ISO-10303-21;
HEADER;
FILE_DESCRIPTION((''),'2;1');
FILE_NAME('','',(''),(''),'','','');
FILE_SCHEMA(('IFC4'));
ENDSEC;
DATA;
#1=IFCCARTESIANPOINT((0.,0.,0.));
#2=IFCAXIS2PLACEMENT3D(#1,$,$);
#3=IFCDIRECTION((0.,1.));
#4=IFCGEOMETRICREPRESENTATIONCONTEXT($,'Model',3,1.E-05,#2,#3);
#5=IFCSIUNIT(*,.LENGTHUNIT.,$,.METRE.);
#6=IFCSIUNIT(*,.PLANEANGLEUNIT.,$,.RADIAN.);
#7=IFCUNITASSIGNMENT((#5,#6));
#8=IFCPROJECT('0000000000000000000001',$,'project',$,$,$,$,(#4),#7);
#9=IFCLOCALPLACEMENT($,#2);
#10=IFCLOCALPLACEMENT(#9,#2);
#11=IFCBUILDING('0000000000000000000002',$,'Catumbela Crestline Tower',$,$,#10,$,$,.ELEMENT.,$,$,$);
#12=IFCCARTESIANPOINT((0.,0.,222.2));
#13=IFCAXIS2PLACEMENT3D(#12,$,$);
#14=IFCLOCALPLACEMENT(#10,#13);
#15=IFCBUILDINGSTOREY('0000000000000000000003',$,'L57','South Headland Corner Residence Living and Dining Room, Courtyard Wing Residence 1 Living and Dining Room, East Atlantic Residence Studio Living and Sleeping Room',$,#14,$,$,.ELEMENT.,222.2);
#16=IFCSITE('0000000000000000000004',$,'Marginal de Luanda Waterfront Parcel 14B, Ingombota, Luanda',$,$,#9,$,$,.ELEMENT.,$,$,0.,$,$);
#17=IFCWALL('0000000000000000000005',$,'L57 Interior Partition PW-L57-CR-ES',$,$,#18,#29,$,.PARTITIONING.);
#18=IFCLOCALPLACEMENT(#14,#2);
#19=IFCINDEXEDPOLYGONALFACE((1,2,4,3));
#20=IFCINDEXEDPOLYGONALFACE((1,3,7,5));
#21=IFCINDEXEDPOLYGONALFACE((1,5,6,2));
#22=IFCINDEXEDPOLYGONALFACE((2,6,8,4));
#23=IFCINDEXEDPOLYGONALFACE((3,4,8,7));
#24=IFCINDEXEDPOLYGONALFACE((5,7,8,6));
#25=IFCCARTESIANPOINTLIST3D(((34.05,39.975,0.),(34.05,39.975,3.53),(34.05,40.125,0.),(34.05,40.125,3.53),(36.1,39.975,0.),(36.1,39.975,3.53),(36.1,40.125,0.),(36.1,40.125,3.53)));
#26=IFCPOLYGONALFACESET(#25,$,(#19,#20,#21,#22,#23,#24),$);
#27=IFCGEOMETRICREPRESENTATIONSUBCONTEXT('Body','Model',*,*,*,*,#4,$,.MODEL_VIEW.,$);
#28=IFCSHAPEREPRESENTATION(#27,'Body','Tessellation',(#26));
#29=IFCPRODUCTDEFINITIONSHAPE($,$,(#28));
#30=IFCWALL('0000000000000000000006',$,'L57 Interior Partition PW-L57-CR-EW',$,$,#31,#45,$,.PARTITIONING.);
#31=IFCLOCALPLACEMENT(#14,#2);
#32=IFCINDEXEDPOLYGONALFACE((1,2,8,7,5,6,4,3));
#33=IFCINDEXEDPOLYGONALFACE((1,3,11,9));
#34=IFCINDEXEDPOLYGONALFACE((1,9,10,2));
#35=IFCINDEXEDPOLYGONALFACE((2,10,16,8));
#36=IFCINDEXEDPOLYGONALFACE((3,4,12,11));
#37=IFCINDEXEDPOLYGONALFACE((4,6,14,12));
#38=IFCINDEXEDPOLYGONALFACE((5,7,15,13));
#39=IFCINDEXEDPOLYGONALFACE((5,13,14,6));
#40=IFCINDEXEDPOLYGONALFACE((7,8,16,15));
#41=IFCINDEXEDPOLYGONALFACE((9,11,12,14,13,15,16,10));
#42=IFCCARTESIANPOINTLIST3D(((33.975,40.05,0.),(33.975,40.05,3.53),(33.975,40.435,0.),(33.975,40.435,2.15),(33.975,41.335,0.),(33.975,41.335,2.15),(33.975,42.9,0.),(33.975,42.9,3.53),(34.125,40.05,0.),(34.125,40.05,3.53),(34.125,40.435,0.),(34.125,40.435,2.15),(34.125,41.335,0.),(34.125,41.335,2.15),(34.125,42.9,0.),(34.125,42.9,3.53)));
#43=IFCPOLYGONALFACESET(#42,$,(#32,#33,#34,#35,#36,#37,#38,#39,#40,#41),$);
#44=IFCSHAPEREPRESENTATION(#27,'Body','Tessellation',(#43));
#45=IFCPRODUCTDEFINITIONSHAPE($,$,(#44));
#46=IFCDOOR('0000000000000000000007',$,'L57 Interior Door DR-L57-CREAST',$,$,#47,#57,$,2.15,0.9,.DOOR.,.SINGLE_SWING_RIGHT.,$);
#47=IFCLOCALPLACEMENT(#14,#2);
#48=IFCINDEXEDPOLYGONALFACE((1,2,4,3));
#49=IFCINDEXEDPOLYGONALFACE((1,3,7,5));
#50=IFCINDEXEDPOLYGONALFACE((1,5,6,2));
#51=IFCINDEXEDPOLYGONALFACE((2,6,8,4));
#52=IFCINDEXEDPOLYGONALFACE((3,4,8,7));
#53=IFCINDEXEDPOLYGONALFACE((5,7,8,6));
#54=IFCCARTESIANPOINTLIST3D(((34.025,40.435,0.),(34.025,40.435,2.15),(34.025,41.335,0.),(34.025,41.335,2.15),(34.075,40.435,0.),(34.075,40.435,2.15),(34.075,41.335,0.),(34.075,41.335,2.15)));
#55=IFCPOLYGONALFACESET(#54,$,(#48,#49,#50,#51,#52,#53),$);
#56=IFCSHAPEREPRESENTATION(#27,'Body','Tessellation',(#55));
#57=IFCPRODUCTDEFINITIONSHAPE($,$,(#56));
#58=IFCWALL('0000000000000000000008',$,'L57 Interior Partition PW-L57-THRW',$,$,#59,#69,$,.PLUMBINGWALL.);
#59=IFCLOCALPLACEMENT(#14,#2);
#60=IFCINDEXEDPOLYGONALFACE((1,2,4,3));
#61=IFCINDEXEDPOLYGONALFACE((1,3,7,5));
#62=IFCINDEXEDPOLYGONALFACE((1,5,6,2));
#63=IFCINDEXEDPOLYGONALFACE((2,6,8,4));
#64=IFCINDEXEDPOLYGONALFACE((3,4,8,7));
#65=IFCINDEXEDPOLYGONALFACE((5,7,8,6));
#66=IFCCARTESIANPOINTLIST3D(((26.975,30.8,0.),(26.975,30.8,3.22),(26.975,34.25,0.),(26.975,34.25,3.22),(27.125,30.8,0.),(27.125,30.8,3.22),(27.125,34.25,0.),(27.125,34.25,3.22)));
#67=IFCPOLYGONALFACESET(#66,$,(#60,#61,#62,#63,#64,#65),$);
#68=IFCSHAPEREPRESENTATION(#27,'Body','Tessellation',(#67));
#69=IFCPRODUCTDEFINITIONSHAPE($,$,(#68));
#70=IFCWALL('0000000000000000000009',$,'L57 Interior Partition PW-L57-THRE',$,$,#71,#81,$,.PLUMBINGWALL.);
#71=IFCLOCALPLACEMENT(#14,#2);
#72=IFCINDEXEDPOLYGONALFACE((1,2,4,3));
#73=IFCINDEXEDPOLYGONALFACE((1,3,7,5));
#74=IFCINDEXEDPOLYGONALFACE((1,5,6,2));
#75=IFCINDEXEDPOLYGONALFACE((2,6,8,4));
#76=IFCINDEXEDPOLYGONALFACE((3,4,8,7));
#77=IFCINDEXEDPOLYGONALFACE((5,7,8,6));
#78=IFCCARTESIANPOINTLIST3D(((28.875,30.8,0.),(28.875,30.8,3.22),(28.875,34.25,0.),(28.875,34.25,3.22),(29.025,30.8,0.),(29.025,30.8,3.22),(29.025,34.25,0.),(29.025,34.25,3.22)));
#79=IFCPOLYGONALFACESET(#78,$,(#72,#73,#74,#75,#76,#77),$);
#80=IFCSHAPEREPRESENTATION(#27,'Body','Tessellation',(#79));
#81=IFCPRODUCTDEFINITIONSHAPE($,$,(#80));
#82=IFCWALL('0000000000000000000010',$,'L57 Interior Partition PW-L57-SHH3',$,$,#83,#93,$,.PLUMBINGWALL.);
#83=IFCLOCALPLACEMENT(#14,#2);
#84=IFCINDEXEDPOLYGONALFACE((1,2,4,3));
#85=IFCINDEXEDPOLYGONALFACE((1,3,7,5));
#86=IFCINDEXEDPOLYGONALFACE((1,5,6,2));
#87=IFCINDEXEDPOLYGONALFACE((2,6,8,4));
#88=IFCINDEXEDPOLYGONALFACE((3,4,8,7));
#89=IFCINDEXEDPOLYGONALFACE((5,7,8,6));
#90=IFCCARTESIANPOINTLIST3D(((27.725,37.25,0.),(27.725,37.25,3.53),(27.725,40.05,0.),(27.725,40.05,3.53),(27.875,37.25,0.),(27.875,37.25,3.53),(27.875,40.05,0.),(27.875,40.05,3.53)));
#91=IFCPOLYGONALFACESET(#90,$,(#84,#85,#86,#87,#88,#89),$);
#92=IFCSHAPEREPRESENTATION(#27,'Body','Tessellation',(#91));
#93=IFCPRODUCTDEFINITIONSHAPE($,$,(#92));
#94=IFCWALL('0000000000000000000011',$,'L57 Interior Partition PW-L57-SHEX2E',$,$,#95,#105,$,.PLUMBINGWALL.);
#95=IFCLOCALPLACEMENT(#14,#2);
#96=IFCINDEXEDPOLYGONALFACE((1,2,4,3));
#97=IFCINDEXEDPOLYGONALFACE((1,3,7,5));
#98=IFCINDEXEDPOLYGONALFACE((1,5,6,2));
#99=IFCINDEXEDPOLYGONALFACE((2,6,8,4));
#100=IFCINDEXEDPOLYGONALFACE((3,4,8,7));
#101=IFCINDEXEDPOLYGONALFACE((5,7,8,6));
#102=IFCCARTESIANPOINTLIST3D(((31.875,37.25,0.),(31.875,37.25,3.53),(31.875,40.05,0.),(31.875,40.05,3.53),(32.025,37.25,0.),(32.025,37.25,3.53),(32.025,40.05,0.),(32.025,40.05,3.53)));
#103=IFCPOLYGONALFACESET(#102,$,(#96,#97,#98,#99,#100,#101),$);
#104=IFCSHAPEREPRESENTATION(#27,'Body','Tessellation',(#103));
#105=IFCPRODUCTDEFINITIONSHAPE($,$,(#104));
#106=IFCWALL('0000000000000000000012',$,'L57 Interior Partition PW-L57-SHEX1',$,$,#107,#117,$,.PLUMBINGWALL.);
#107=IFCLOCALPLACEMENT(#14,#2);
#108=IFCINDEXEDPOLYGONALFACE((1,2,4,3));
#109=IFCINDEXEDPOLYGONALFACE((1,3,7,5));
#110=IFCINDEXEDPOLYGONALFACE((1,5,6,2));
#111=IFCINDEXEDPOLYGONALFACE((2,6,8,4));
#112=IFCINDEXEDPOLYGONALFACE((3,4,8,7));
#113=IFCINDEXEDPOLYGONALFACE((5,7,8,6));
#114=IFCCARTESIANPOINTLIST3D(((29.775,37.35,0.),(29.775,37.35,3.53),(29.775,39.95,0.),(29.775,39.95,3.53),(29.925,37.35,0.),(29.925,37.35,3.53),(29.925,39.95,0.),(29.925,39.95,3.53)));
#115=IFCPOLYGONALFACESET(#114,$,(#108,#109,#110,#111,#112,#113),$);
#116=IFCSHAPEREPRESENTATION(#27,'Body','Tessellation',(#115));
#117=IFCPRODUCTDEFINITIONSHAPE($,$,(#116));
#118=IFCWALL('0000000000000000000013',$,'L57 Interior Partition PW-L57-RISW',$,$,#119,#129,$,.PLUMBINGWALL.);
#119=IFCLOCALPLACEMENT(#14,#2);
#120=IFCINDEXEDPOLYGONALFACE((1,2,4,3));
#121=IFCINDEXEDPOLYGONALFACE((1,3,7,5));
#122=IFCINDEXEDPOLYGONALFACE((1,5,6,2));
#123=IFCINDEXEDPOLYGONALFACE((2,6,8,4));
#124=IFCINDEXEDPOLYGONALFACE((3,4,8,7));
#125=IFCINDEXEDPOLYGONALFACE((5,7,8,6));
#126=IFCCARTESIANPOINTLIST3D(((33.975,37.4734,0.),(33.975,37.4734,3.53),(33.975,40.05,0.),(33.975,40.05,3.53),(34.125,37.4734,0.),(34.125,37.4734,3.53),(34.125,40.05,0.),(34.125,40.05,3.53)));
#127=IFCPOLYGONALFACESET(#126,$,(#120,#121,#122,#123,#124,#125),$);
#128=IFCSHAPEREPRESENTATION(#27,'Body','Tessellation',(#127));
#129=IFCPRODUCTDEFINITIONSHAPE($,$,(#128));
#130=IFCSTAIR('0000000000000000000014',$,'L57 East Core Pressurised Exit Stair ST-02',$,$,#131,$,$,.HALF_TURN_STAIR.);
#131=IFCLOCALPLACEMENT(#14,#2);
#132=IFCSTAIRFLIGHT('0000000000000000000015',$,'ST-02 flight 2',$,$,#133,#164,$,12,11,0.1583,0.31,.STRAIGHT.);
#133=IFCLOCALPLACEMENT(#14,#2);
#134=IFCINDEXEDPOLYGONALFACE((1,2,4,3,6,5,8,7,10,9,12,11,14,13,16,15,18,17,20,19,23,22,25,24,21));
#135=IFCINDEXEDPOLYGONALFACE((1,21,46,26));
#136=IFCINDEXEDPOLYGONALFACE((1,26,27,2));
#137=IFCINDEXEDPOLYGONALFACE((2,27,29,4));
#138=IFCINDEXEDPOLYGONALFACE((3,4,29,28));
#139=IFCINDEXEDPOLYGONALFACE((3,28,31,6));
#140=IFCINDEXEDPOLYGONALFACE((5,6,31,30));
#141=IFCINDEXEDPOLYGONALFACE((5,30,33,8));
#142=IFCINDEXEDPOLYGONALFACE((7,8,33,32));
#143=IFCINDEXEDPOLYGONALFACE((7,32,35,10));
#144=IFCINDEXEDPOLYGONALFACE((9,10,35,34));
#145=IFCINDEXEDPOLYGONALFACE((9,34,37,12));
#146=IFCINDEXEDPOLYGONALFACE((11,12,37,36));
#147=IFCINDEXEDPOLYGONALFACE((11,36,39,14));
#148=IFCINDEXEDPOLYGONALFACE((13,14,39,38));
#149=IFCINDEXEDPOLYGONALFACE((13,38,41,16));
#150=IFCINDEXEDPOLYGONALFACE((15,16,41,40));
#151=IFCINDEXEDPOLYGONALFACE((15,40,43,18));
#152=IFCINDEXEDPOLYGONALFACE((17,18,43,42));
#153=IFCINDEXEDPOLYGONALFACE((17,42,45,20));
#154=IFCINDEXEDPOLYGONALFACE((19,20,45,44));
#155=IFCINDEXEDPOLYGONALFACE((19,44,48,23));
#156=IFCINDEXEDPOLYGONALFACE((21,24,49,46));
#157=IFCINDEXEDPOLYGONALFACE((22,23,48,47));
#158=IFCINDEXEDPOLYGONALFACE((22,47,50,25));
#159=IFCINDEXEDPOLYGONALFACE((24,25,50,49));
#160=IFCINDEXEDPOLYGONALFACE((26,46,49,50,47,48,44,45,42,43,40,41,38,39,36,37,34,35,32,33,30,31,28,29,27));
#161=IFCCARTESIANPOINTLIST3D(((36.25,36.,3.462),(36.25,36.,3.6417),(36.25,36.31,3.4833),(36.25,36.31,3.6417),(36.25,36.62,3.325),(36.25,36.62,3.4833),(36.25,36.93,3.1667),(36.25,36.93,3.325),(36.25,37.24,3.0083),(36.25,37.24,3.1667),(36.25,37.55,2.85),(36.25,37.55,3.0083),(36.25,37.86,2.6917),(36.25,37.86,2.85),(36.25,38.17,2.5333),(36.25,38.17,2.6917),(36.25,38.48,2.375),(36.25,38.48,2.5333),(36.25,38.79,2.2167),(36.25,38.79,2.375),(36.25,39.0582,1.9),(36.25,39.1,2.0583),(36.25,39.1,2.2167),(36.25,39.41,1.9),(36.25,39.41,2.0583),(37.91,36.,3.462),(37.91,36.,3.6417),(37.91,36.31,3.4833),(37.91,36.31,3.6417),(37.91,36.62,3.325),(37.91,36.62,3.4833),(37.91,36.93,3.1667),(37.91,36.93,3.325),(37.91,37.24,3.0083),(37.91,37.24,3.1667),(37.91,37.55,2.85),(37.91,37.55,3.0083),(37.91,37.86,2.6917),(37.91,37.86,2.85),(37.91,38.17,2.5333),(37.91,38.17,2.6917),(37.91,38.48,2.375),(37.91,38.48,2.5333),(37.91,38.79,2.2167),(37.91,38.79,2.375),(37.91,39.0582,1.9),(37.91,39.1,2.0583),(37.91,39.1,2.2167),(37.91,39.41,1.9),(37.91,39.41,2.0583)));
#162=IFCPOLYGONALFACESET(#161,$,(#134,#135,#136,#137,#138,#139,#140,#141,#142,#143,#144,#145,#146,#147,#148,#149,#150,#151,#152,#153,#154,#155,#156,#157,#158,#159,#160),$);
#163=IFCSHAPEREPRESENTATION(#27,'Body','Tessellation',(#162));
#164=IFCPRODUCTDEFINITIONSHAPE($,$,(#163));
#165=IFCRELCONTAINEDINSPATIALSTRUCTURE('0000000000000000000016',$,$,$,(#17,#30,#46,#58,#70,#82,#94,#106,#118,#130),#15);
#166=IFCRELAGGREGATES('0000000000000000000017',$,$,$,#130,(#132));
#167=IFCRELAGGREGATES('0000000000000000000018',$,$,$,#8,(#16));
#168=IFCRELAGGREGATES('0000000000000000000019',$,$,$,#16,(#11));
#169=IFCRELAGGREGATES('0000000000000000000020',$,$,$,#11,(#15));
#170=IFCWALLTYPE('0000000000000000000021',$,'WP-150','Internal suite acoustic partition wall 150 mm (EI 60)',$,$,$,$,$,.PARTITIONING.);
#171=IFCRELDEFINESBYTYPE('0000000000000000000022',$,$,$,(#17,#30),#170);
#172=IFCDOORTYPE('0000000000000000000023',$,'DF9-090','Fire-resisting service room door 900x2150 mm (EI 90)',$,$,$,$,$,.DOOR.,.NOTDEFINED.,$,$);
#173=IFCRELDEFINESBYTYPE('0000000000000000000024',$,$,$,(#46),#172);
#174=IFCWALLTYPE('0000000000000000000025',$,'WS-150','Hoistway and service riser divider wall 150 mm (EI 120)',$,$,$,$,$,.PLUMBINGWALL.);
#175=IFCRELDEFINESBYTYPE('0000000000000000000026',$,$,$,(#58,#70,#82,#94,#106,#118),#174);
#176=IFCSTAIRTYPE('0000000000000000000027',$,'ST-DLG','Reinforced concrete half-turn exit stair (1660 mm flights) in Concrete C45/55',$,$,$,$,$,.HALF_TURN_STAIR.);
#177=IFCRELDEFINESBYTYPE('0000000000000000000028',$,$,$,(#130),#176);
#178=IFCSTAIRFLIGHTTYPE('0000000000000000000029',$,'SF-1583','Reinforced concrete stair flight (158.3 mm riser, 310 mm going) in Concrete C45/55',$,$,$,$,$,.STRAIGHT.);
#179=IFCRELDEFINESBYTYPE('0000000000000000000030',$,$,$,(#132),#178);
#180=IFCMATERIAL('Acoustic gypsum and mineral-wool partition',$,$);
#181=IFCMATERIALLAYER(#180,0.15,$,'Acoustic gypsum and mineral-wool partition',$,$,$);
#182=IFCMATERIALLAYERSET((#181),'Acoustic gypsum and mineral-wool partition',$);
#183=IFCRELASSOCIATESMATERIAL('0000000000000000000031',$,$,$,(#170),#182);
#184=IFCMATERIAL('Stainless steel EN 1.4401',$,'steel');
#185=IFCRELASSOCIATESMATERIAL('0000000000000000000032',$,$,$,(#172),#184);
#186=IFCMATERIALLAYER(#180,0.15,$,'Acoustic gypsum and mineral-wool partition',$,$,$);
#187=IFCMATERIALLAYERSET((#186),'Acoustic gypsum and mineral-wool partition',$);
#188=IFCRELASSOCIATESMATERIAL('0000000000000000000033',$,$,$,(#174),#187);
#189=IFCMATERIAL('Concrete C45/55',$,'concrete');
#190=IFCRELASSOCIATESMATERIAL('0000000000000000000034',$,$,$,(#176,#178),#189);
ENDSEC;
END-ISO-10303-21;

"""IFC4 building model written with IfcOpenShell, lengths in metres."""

from ifc_helpers import new_model, si_unit, direction, frame, frame_2d, origin, place, context, subcontext, project, spatial, polyline, rectangle, outline, extrude, material, layer, layer_set, type_object, element, fill, aggregate, save


model = new_model("IFC4")

# Units and contexts
model_context = context("Model", 3, precision=1e-05, world=origin(), true_north=direction((0.0, 1.0)))
body_context = subcontext(model_context, "Body", "Model", "MODEL_VIEW")
ifc_project = project(units=[si_unit("LENGTHUNIT", "METRE"), si_unit("PLANEANGLEUNIT", "RADIAN")], contexts=[model_context])

# Site, building, storey
site_placement = place(None, origin())
site = spatial("IfcSite", under=ifc_project, at=site_placement, Name="Marginal de Luanda Waterfront Parcel 14B, Ingombota, Luanda", CompositionType="ELEMENT", RefElevation=0.0)
building_placement = place(site_placement, origin())
building = spatial("IfcBuilding", under=site, at=building_placement, Name="Catumbela Crestline Tower", CompositionType="ELEMENT")
storey_placement = place(building_placement, frame((0.0, 0.0, 222.2)))
storey = spatial("IfcBuildingStorey", under=building, at=storey_placement, Name="L57", Description="South Headland Corner Residence Living and Dining Room, Courtyard Wing Residence 1 Living and Dining Room, East Atlantic Residence Studio Living and Sleeping Room", CompositionType="ELEMENT", Elevation=222.2)

# Shared definitions
ifc_material_1 = material(Name="Stainless steel EN 1.4401", Category="steel")

# Shared definitions
ifc_material_2 = material(Name="Concrete C45/55", Category="concrete")
ifc_material_3 = material(Name="Acoustic gypsum and mineral-wool partition")

# Wall
ifc_layer_1 = layer(ifc_material_3, 0.15, Name="Acoustic gypsum and mineral-wool partition")
ifc_layer_set_1 = layer_set([ifc_layer_1], Name="Acoustic gypsum and mineral-wool partition")
wall_type_1 = type_object("IfcWallType", Name="WP-150", Description="Internal suite acoustic partition wall 150 mm (EI 60)", PredefinedType="PARTITIONING", material=ifc_layer_set_1)
wall_1_placement = place(storey_placement, frame((34.05, 40.05, 0.0), z_axis=(0.0, 0.0, 1.0), x_axis=(1.0, 0.0, 0.0)))
element("IfcWall", 1, at=wall_1_placement, inside=storey, type_object=wall_type_1, Name="L57 Interior Partition PW-L57-CR-ES", PredefinedType="PARTITIONING", context=body_context, shape_type="SweptSolid", body=[
    extrude(rectangle(XDim=2.05, YDim=0.15, at=frame_2d((1.025, 0.0))), origin(), (0.0, 0.0, 1.0), 3.53),
])

# Wall, opening, door
wall_2_placement = place(storey_placement, frame((34.05, 40.05, 0.0), z_axis=(0.0, 0.0, 1.0), x_axis=(0.0, 1.0, 0.0)))
wall_2 = element("IfcWall", 2, at=wall_2_placement, inside=storey, type_object=wall_type_1, Name="L57 Interior Partition PW-L57-CR-EW", PredefinedType="PARTITIONING", context=body_context, shape_type="SweptSolid", body=[
    extrude(rectangle(XDim=2.85, YDim=0.15, at=frame_2d((1.425, 0.0))), origin(), (0.0, 0.0, 1.0), 3.53),
])
opening_1_placement = place(wall_2_placement, frame((0.385, 0.0, 0.0)))
opening_1 = element("IfcOpeningElement", 3, at=opening_1_placement, cuts=wall_2, PredefinedType="OPENING", context=body_context, shape_type="SweptSolid", body=[
    extrude(rectangle(XDim=0.9, YDim=2.15, at=frame_2d((0.45, 1.075))), frame((0.0, 0.085, 0.0), z_axis=(0.0, -1.0, 0.0), x_axis=(1.0, 0.0, 0.0)), (0.0, 0.0, 1.0), 0.17),
])
door_type_1 = type_object("IfcDoorType", Name="DF9-090", Description="Fire-resisting service room door 900x2150 mm (EI 90)", OperationType="NOTDEFINED", PredefinedType="DOOR", material=ifc_material_1)
door_1_placement = place(opening_1_placement, origin())
door_1 = element("IfcDoor", 4, at=door_1_placement, inside=storey, type_object=door_type_1, Name="L57 Interior Door DR-L57-CREAST", OperationType="SINGLE_SWING_RIGHT", OverallHeight=2.15, OverallWidth=0.9, PredefinedType="DOOR", context=body_context, shape_type="SweptSolid", body=[
    extrude(rectangle(XDim=0.9, YDim=2.15, at=frame_2d((0.45, 1.075))), frame((0.0, 0.025, 0.0), z_axis=(0.0, -1.0, 0.0), x_axis=(1.0, 0.0, 0.0)), (0.0, 0.0, 1.0), 0.05),
])
fill(opening_1, door_1)

# Walls
ifc_layer_2 = layer(ifc_material_3, 0.15, Name="Acoustic gypsum and mineral-wool partition")
ifc_layer_set_2 = layer_set([ifc_layer_2], Name="Acoustic gypsum and mineral-wool partition")
wall_type_2 = type_object("IfcWallType", Name="WS-150", Description="Hoistway and service riser divider wall 150 mm (EI 120)", PredefinedType="PLUMBINGWALL", material=ifc_layer_set_2)
for number, where, z_axis, x_axis, name in (
    (5, (27.05, 30.8, 0.0), (0.0, 0.0, 1.0), (0.0, 1.0, 0.0), "L57 Interior Partition PW-L57-THRW"),
    (6, (28.95, 30.8, 0.0), (0.0, 0.0, 1.0), (0.0, 1.0, 0.0), "L57 Interior Partition PW-L57-THRE"),
):
    element("IfcWall", number, at=place(storey_placement, frame(where, z_axis=z_axis, x_axis=x_axis)), inside=storey, type_object=wall_type_2, Name=name, PredefinedType="PLUMBINGWALL", context=body_context, shape_type="SweptSolid", body=[
        extrude(rectangle(XDim=3.45, YDim=0.15, at=frame_2d((1.725, 0.0))), origin(), (0.0, 0.0, 1.0), 3.22),
    ])
for number, where, z_axis, x_axis, name in (
    (7, (27.8, 37.25, 0.0), (0.0, 0.0, 1.0), (0.0, 1.0, 0.0), "L57 Interior Partition PW-L57-SHH3"),
    (8, (31.95, 37.25, 0.0), (0.0, 0.0, 1.0), (0.0, 1.0, 0.0), "L57 Interior Partition PW-L57-SHEX2E"),
):
    element("IfcWall", number, at=place(storey_placement, frame(where, z_axis=z_axis, x_axis=x_axis)), inside=storey, type_object=wall_type_2, Name=name, PredefinedType="PLUMBINGWALL", context=body_context, shape_type="SweptSolid", body=[
        extrude(rectangle(XDim=2.8, YDim=0.15, at=frame_2d((1.4, 0.0))), origin(), (0.0, 0.0, 1.0), 3.53),
    ])
wall_3_placement = place(storey_placement, frame((29.85, 37.35, 0.0), z_axis=(0.0, 0.0, 1.0), x_axis=(0.0, 1.0, 0.0)))
element("IfcWall", 9, at=wall_3_placement, inside=storey, type_object=wall_type_2, Name="L57 Interior Partition PW-L57-SHEX1", PredefinedType="PLUMBINGWALL", context=body_context, shape_type="SweptSolid", body=[
    extrude(rectangle(XDim=2.6, YDim=0.15, at=frame_2d((1.3, 0.0))), origin(), (0.0, 0.0, 1.0), 3.53),
])
wall_4_placement = place(storey_placement, frame((34.05, 37.4734, 0.0), z_axis=(0.0, 0.0, 1.0), x_axis=(0.0, 1.0, 0.0)))
element("IfcWall", 10, at=wall_4_placement, inside=storey, type_object=wall_type_2, Name="L57 Interior Partition PW-L57-RISW", PredefinedType="PLUMBINGWALL", context=body_context, shape_type="SweptSolid", body=[
    extrude(rectangle(XDim=2.5766, YDim=0.15, at=frame_2d((1.2883, 0.0))), origin(), (0.0, 0.0, 1.0), 3.53),
])

# Stair, stair flight
stair_type = type_object("IfcStairType", Name="ST-DLG", Description="Reinforced concrete half-turn exit stair (1660 mm flights) in Concrete C45/55", PredefinedType="HALF_TURN_STAIR", material=ifc_material_2)
stair_placement = place(storey_placement, origin())
stair = element("IfcStair", 11, at=stair_placement, inside=storey, type_object=stair_type, Name="L57 East Core Pressurised Exit Stair ST-02", PredefinedType="HALF_TURN_STAIR")
stair_flight_type = type_object("IfcStairFlightType", Name="SF-1583", Description="Reinforced concrete stair flight (158.3 mm riser, 310 mm going) in Concrete C45/55", PredefinedType="STRAIGHT", material=ifc_material_2)
stair_flight_placement = place(storey_placement, frame((37.08, 39.41, 1.9), z_axis=(0.0, 0.0, 1.0), x_axis=(0.0, -1.0, 0.0)))
stair_flight = element("IfcStairFlight", 12, at=stair_flight_placement, type_object=stair_flight_type, Name="ST-02 flight 2", NumberOfRisers=12, NumberOfTreads=11, PredefinedType="STRAIGHT", RiserHeight=0.1583, TreadLength=0.31, context=body_context, shape_type="SweptSolid", body=[
    extrude(outline(polyline([(0.0, 0.0), (0.0, 0.1583), (0.31, 0.1583), (0.31, 0.3167), (0.62, 0.3167), (0.62, 0.475), (0.93, 0.475), (0.93, 0.6333), (1.24, 0.6333), (1.24, 0.7917), (1.55, 0.7917), (1.55, 0.95), (1.86, 0.95), (1.86, 1.1083), (2.17, 1.1083), (2.17, 1.2667), (2.48, 1.2667), (2.48, 1.425), (2.79, 1.425), (2.79, 1.5833), (3.1, 1.5833), (3.1, 1.7417), (3.41, 1.7417), (3.41, 1.9), (3.41, 1.562), (0.3518, 0.0), (0.0, 0.0)])), frame((0.0, 0.83, 0.0), z_axis=(0.0, -1.0, 0.0), x_axis=(1.0, 0.0, 0.0)), (0.0, 0.0, 1.0), 1.66),
])
aggregate(stair, [stair_flight])

save(model, "model.ifc")
